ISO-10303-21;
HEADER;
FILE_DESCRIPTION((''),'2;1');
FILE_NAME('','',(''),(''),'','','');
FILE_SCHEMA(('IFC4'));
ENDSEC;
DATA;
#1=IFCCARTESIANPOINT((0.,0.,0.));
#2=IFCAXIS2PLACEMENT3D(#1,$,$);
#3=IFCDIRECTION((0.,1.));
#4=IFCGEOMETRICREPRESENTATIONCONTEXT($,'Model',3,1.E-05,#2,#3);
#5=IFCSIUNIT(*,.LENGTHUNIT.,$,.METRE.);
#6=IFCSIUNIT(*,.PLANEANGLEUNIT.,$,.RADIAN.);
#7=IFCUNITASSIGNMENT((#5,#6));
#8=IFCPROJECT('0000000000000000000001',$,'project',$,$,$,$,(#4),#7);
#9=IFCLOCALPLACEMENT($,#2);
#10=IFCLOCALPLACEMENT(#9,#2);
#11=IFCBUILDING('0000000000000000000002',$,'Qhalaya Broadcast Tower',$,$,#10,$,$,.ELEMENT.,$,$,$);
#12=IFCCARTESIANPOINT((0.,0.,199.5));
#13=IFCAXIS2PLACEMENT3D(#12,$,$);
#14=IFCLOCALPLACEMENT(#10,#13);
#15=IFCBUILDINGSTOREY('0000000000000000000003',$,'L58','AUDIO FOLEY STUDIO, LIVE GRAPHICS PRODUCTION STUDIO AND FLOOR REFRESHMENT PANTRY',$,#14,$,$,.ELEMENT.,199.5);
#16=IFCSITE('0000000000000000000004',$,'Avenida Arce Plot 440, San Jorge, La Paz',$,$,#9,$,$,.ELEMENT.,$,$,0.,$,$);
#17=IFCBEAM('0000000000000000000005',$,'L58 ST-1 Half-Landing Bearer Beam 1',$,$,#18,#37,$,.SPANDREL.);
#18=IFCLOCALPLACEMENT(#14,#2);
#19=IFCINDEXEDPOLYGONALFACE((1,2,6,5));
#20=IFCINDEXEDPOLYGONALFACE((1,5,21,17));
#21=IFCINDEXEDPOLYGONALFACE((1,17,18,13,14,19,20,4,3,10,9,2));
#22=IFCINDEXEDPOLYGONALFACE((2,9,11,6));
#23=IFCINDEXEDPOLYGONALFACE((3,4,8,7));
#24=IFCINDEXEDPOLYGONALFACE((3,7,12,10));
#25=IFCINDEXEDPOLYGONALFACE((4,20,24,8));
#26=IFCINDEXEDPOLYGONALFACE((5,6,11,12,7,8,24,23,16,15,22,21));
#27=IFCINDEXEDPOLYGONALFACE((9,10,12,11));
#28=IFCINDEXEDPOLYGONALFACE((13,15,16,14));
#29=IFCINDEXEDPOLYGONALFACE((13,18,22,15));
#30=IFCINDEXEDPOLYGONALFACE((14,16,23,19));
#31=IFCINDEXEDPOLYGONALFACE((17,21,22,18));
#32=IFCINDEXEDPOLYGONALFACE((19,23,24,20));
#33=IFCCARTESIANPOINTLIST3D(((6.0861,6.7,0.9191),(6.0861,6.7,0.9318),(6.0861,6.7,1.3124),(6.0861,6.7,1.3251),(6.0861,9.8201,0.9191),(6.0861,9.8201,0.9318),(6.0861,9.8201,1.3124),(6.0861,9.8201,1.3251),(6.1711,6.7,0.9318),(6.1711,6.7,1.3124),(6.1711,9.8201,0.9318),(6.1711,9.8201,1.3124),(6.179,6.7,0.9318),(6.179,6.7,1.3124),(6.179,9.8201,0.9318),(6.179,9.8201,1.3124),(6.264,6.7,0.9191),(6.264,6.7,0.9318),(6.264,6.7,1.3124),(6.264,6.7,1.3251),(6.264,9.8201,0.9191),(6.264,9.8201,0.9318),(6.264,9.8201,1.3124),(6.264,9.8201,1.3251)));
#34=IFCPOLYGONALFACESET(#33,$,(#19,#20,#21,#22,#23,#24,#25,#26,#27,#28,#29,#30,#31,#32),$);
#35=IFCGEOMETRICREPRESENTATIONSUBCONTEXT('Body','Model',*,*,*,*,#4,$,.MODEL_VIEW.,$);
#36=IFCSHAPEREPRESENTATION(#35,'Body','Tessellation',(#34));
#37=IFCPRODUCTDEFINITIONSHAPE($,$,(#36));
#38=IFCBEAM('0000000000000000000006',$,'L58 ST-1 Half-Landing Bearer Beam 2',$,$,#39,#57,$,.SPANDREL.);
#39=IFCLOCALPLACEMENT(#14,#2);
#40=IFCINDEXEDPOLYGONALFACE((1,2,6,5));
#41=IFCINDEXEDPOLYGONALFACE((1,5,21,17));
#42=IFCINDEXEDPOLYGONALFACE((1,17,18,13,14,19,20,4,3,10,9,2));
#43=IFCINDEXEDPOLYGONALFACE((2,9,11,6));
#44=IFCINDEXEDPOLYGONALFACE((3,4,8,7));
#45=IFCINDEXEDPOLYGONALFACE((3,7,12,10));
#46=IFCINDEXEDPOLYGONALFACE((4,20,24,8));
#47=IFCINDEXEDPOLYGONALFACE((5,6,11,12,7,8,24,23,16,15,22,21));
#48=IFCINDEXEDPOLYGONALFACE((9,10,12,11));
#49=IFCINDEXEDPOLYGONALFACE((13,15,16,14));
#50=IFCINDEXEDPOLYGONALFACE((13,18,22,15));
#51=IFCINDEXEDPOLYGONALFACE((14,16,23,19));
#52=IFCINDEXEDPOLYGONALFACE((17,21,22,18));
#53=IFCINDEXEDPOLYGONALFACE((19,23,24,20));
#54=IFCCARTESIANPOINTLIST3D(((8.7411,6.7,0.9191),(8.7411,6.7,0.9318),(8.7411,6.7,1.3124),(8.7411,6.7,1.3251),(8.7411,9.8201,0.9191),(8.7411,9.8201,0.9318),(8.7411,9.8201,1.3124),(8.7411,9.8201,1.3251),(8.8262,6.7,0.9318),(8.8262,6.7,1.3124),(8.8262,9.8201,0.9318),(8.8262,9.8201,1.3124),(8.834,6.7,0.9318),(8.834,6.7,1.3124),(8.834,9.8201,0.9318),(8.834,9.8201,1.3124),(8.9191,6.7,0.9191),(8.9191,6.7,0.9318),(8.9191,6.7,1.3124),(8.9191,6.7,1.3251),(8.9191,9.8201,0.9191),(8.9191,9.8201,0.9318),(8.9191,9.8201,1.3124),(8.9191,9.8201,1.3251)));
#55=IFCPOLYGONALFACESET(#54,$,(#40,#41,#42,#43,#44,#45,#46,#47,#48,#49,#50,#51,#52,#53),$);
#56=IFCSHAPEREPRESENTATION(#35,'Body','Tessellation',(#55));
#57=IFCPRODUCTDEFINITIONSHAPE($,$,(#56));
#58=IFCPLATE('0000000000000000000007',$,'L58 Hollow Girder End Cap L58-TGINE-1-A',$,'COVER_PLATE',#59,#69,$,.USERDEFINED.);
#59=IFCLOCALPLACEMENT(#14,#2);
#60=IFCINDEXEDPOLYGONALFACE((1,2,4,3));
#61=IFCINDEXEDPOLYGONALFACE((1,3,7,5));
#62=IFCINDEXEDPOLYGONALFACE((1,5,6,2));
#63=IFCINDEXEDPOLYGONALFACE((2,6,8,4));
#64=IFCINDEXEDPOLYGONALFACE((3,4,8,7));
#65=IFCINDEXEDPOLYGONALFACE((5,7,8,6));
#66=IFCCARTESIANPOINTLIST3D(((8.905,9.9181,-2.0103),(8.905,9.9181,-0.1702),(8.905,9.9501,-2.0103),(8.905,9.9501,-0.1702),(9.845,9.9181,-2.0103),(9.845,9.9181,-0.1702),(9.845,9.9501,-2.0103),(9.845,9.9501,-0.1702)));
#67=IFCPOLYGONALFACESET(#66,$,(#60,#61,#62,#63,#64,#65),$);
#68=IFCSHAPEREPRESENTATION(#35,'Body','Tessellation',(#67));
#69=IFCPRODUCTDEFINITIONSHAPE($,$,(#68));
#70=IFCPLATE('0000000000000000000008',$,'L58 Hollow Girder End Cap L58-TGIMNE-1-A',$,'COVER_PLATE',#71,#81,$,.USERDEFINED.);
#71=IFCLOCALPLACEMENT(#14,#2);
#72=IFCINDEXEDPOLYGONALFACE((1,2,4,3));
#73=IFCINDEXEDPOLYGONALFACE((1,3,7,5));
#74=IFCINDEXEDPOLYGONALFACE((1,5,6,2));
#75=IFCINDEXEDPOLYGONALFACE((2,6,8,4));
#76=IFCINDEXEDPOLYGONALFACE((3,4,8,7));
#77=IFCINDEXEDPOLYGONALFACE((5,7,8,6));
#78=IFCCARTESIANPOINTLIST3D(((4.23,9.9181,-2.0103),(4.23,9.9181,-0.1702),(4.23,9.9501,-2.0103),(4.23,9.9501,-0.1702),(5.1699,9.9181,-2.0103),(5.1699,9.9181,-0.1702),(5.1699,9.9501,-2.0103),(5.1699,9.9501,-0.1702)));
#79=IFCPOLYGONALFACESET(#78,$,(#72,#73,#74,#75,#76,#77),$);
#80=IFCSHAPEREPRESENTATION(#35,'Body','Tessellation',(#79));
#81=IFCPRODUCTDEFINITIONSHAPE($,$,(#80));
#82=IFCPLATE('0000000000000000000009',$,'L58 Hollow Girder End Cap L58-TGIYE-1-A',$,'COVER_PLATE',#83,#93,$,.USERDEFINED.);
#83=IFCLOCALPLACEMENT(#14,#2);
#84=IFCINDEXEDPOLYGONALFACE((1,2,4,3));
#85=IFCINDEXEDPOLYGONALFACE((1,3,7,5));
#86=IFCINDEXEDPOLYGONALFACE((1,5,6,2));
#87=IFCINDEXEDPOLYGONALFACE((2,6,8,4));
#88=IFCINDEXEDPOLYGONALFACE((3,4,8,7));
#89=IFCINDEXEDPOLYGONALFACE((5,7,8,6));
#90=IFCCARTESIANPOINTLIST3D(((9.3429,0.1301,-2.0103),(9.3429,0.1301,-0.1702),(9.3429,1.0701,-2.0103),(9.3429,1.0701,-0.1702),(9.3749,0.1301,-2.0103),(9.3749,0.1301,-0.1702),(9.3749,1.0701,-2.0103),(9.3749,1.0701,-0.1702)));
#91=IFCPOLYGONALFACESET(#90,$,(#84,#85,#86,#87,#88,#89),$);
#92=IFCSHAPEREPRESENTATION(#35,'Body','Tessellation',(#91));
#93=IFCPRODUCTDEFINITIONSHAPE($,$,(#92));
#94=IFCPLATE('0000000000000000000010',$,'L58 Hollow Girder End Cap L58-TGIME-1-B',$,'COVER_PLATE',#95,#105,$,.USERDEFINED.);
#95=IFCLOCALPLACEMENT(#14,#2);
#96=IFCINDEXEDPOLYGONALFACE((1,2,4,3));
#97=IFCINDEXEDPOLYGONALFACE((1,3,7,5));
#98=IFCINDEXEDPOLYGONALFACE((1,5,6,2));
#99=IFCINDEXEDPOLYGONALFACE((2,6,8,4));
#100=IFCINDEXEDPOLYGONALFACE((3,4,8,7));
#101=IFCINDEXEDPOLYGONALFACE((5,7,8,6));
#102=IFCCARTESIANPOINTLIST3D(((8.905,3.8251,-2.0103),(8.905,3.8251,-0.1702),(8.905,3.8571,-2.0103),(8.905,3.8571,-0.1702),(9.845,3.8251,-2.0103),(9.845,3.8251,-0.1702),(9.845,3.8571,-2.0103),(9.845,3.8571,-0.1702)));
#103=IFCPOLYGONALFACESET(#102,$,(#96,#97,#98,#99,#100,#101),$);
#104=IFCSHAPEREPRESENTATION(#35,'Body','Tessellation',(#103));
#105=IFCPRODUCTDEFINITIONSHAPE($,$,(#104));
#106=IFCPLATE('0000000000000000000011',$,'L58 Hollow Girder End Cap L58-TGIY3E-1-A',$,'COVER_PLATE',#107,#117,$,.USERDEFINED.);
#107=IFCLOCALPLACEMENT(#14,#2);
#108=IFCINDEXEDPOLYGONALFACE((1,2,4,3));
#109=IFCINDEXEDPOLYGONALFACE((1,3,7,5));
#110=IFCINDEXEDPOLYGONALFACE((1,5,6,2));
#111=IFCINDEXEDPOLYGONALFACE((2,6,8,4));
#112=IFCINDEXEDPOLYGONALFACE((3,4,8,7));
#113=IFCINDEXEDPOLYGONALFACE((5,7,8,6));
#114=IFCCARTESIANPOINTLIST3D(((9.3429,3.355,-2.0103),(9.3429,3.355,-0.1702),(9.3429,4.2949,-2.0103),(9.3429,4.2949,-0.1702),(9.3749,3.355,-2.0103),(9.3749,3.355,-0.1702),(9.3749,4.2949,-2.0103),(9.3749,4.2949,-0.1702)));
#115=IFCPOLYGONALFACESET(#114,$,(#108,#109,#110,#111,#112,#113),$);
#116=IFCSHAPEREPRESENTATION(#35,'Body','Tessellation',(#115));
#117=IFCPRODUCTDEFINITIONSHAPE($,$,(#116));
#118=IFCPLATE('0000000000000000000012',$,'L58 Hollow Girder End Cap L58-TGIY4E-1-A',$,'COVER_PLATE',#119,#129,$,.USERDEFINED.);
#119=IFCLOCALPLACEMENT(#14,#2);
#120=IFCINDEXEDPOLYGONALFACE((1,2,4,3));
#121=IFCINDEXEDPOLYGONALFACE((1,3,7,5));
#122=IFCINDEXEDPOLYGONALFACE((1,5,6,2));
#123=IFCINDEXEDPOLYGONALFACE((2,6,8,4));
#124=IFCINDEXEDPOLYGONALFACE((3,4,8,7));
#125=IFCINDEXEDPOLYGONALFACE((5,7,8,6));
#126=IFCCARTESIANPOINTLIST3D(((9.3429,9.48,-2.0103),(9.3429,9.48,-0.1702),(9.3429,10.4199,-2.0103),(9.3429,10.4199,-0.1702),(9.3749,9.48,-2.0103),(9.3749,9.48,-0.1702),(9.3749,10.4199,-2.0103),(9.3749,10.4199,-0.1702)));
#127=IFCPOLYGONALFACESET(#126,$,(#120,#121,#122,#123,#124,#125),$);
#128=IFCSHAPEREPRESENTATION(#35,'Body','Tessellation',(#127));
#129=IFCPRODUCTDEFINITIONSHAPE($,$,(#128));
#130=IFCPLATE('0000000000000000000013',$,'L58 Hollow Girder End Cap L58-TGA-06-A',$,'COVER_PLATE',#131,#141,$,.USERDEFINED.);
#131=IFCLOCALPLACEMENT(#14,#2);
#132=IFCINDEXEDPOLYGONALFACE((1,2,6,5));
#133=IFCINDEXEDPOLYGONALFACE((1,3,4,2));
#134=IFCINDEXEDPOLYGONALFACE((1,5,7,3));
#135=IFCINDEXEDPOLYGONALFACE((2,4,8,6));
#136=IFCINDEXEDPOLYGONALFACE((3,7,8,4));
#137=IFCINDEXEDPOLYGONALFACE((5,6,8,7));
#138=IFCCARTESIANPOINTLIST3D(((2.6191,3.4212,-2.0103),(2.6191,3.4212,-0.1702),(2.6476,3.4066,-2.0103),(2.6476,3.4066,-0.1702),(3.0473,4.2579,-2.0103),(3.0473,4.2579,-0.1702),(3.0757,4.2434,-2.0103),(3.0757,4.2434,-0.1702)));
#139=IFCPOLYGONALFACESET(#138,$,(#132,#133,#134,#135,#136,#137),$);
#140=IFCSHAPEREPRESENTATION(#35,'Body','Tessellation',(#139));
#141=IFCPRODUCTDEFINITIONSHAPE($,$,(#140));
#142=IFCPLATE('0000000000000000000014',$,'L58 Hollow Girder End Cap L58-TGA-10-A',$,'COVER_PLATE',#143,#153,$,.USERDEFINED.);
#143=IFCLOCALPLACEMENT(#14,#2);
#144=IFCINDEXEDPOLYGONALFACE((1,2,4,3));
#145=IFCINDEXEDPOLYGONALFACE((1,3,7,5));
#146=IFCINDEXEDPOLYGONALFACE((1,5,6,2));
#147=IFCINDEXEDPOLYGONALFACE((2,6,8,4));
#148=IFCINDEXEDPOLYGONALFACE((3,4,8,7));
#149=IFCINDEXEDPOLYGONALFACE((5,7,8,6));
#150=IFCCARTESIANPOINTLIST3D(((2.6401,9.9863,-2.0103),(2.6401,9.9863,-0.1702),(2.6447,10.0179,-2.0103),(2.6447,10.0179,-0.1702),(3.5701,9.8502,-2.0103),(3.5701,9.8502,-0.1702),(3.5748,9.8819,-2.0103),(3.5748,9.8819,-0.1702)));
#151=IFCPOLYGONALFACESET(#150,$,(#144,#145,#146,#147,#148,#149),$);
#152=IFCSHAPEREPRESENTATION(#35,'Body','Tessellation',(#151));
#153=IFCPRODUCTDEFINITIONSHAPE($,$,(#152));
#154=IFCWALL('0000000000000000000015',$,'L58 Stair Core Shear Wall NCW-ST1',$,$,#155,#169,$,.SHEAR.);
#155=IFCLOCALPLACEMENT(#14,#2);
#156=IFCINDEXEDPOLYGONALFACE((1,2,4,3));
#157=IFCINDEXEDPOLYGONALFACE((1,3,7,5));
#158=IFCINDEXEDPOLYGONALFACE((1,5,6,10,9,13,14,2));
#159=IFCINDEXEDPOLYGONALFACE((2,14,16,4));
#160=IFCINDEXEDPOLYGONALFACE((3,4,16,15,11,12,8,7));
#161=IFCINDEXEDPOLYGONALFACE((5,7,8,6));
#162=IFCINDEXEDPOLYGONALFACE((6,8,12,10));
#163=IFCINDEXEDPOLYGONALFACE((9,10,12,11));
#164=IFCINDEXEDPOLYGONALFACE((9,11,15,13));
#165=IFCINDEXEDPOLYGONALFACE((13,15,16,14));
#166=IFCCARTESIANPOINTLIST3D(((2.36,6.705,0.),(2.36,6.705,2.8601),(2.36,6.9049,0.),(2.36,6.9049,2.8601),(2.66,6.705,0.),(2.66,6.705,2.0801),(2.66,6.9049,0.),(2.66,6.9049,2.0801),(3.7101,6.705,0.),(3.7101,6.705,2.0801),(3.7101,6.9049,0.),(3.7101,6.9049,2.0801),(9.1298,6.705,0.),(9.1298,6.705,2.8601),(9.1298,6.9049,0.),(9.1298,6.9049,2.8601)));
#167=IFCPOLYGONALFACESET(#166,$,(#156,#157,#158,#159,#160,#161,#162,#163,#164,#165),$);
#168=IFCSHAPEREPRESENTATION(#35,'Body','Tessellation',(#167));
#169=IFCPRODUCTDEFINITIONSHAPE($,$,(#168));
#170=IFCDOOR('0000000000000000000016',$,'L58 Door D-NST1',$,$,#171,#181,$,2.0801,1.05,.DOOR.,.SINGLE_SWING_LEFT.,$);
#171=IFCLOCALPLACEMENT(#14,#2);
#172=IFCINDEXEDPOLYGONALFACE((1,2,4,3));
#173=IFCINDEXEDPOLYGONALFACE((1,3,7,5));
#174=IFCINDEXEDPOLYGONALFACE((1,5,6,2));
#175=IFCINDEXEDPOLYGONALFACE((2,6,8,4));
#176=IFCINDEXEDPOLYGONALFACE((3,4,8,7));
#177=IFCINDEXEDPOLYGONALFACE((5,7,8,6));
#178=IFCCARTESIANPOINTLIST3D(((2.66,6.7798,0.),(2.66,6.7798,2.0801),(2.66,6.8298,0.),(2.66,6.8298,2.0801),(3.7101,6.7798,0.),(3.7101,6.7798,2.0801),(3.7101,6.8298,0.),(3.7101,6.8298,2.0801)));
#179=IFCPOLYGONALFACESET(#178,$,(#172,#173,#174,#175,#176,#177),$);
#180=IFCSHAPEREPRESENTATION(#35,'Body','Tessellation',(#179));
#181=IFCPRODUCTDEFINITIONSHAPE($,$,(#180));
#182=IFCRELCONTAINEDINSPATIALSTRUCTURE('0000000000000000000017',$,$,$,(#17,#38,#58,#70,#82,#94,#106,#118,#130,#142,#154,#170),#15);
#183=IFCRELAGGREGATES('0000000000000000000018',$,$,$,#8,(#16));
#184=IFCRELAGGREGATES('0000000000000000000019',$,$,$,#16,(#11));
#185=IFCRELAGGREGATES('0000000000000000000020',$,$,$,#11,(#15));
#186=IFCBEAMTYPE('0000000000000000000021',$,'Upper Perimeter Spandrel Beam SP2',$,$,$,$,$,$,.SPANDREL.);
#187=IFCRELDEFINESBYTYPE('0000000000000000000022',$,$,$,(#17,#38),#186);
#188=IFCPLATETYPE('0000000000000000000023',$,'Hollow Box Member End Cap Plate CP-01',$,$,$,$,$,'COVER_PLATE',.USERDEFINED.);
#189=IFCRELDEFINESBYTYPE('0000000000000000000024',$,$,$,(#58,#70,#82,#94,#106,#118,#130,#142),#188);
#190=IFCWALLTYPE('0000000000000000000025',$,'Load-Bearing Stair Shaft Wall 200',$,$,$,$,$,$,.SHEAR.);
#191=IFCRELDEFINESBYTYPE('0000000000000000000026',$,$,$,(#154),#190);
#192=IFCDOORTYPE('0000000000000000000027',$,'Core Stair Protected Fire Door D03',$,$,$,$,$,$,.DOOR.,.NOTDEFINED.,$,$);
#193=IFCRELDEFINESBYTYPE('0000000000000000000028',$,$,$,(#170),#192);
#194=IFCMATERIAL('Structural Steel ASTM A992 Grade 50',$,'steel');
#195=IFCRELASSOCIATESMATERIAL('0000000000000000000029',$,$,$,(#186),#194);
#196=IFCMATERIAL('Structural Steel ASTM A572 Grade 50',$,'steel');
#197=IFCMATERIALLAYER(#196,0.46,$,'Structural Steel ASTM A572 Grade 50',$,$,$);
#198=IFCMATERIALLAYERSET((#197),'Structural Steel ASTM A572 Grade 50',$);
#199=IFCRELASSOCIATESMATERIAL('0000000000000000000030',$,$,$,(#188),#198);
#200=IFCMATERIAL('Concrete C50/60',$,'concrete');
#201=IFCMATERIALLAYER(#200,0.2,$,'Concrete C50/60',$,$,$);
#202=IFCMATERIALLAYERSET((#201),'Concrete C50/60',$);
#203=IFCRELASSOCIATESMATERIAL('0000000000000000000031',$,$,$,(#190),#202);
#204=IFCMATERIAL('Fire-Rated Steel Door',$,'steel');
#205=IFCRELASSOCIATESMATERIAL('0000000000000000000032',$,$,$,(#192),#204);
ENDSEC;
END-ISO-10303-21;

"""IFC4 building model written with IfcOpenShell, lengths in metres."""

from ifc_helpers import new_model, si_unit, direction, frame, frame_2d, origin, origin_2d, place, context, subcontext, project, spatial, rectangle, i_section, extrude, material, layer, layer_set, material_profile, profile_set, type_object, element, fill, save


model = new_model("IFC4")

# Units and contexts
model_context = context("Model", 3, precision=1e-05, world=origin(), true_north=direction((0.0, 1.0)))
body_context = subcontext(model_context, "Body", "Model", "MODEL_VIEW")
ifc_project = project(units=[si_unit("LENGTHUNIT", "METRE"), si_unit("PLANEANGLEUNIT", "RADIAN")], contexts=[model_context])

# Site, building, storey
site_placement = place(None, origin())
site = spatial("IfcSite", under=ifc_project, at=site_placement, Name="Avenida Arce Plot 440, San Jorge, La Paz", CompositionType="ELEMENT", RefElevation=0.0)
building_placement = place(site_placement, origin())
building = spatial("IfcBuilding", under=site, at=building_placement, Name="Qhalaya Broadcast Tower", CompositionType="ELEMENT")
storey_placement = place(building_placement, frame((0.0, 0.0, 199.5)))
storey = spatial("IfcBuildingStorey", under=building, at=storey_placement, Name="L58", Description="AUDIO FOLEY STUDIO, LIVE GRAPHICS PRODUCTION STUDIO AND FLOOR REFRESHMENT PANTRY", CompositionType="ELEMENT", Elevation=199.5)

# Shared definitions
ifc_material_1 = material(Name="Concrete C50/60", Category="concrete")

# Beams
ifc_material_2 = material(Name="Structural Steel ASTM A572 Grade 50", Category="steel")
ifc_material_3 = material(Name="Structural Steel ASTM A992 Grade 50", Category="steel")
ifc_material_profile_1 = material_profile(ifc_material_3, i_section(OverallWidth=0.178, OverallDepth=0.406, WebThickness=0.0078, FlangeThickness=0.0127, at=origin_2d()), Name="W16X40")
ifc_profile_set_1 = profile_set([ifc_material_profile_1], Name="Structural Steel ASTM A992 Grade 50")
beam_type_1 = type_object("IfcBeamType", Name="Upper Perimeter Spandrel Beam SP2", PredefinedType="SPANDREL", material=ifc_profile_set_1)
for number, where, z_axis, x_axis, name in (
    (1, (6.175, 6.7, 1.1221), (0.0, 1.0, 0.0), (-1.0, 0.0, 0.0), "L58 ST-1 Half-Landing Bearer Beam 1"),
    (2, (8.8301, 6.7, 1.1221), (0.0, 1.0, 0.0), (-1.0, 0.0, 0.0), "L58 ST-1 Half-Landing Bearer Beam 2"),
):
    element("IfcBeam", number, at=place(storey_placement, frame(where, z_axis=z_axis, x_axis=x_axis)), inside=storey, type_object=beam_type_1, Name=name, PredefinedType="SPANDREL", context=body_context, shape_type="SweptSolid", body=[
        extrude(i_section(OverallWidth=0.178, OverallDepth=0.406, WebThickness=0.0078, FlangeThickness=0.0127, at=origin_2d()), origin(), (0.0, 0.0, 1.0), 3.1201),
    ])

# Plates
ifc_layer_1 = layer(ifc_material_2, 0.46, Name="Structural Steel ASTM A572 Grade 50")
ifc_layer_set_1 = layer_set([ifc_layer_1], Name="Structural Steel ASTM A572 Grade 50")
plate_type = type_object("IfcPlateType", Name="Hollow Box Member End Cap Plate CP-01", ElementType="COVER_PLATE", PredefinedType="USERDEFINED", material=ifc_layer_set_1)
for number, where, z_axis, x_axis, name in (
    (3, (9.375, 9.9341, -2.0103), (0.0, 0.0, 1.0), (-1.0, 0.0, 0.0), "L58 Hollow Girder End Cap L58-TGINE-1-A"),
    (4, (4.7, 9.9341, -2.0103), (0.0, 0.0, 1.0), (-1.0, 0.0, 0.0), "L58 Hollow Girder End Cap L58-TGIMNE-1-A"),
    (5, (9.3589, 0.6001, -2.0103), (0.0, 0.0, 1.0), (0.0, 1.0, 0.0), "L58 Hollow Girder End Cap L58-TGIYE-1-A"),
    (6, (9.375, 3.8411, -2.0103), (0.0, 0.0, 1.0), (-1.0, 0.0, 0.0), "L58 Hollow Girder End Cap L58-TGIME-1-B"),
    (7, (9.3589, 3.825, -2.0103), (0.0, 0.0, 1.0), (0.0, 1.0, 0.0), "L58 Hollow Girder End Cap L58-TGIY3E-1-A"),
    (8, (9.3589, 9.95, -2.0103), (0.0, 0.0, 1.0), (0.0, 1.0, 0.0), "L58 Hollow Girder End Cap L58-TGIY4E-1-A"),
    (9, (2.8474, 3.8323, -2.0103), (0.0, 0.0, 1.0), (0.455545, 0.890213, 0.0), "L58 Hollow Girder End Cap L58-TGA-06-A"),
    (10, (3.1074, 9.9341, -2.0103), (0.0, 0.0, 1.0), (-0.989473, 0.144719, 0.0), "L58 Hollow Girder End Cap L58-TGA-10-A"),
):
    element("IfcPlate", number, at=place(storey_placement, frame(where, z_axis=z_axis, x_axis=x_axis)), inside=storey, type_object=plate_type, Name=name, ObjectType="COVER_PLATE", PredefinedType="USERDEFINED", context=body_context, shape_type="SweptSolid", body=[
        extrude(rectangle(XDim=0.9399, YDim=0.032, at=origin_2d()), origin(), (0.0, 0.0, 1.0), 1.8401),
    ])

# Wall, opening, door
ifc_layer_2 = layer(ifc_material_1, 0.2, Name="Concrete C50/60")
ifc_layer_set_2 = layer_set([ifc_layer_2], Name="Concrete C50/60")
wall_type_1 = type_object("IfcWallType", Name="Load-Bearing Stair Shaft Wall 200", PredefinedType="SHEAR", material=ifc_layer_set_2)
wall_1_placement = place(storey_placement, frame((2.3601, 6.8049, 0.0), z_axis=(0.0, 0.0, 1.0), x_axis=(1.0, 0.0, 0.0)))
wall_1 = element("IfcWall", 11, at=wall_1_placement, inside=storey, type_object=wall_type_1, Name="L58 Stair Core Shear Wall NCW-ST1", PredefinedType="SHEAR", context=body_context, shape_type="SweptSolid", body=[
    extrude(rectangle(XDim=6.7698, YDim=0.2, at=frame_2d((3.3848, 0.0))), origin(), (0.0, 0.0, 1.0), 2.8601),
])
opening_1_placement = place(wall_1_placement, frame((0.3, 0.0, 0.0)))
opening_1 = element("IfcOpeningElement", 12, at=opening_1_placement, cuts=wall_1, PredefinedType="OPENING", context=body_context, shape_type="SweptSolid", body=[
    extrude(rectangle(XDim=1.05, YDim=2.0801, at=frame_2d((0.5249, 1.04))), frame((0.0, 0.1121, 0.0), z_axis=(0.0, -1.0, 0.0), x_axis=(1.0, 0.0, 0.0)), (0.0, 0.0, 1.0), 0.2239),
])
ifc_material_4 = material(Name="Fire-Rated Steel Door", Category="steel")
door_type_1 = type_object("IfcDoorType", Name="Core Stair Protected Fire Door D03", OperationType="NOTDEFINED", PredefinedType="DOOR", material=ifc_material_4)
door_1_placement = place(opening_1_placement, origin())
door_1 = element("IfcDoor", 13, at=door_1_placement, inside=storey, type_object=door_type_1, Name="L58 Door D-NST1", OperationType="SINGLE_SWING_LEFT", OverallHeight=2.0801, OverallWidth=1.05, PredefinedType="DOOR", context=body_context, shape_type="SweptSolid", body=[
    extrude(rectangle(XDim=1.05, YDim=2.0801, at=frame_2d((0.5249, 1.04))), frame((0.0, 0.0249, 0.0), z_axis=(0.0, -1.0, 0.0), x_axis=(1.0, 0.0, 0.0)), (0.0, 0.0, 1.0), 0.05),
])
fill(opening_1, door_1)

save(model, "model.ifc")
